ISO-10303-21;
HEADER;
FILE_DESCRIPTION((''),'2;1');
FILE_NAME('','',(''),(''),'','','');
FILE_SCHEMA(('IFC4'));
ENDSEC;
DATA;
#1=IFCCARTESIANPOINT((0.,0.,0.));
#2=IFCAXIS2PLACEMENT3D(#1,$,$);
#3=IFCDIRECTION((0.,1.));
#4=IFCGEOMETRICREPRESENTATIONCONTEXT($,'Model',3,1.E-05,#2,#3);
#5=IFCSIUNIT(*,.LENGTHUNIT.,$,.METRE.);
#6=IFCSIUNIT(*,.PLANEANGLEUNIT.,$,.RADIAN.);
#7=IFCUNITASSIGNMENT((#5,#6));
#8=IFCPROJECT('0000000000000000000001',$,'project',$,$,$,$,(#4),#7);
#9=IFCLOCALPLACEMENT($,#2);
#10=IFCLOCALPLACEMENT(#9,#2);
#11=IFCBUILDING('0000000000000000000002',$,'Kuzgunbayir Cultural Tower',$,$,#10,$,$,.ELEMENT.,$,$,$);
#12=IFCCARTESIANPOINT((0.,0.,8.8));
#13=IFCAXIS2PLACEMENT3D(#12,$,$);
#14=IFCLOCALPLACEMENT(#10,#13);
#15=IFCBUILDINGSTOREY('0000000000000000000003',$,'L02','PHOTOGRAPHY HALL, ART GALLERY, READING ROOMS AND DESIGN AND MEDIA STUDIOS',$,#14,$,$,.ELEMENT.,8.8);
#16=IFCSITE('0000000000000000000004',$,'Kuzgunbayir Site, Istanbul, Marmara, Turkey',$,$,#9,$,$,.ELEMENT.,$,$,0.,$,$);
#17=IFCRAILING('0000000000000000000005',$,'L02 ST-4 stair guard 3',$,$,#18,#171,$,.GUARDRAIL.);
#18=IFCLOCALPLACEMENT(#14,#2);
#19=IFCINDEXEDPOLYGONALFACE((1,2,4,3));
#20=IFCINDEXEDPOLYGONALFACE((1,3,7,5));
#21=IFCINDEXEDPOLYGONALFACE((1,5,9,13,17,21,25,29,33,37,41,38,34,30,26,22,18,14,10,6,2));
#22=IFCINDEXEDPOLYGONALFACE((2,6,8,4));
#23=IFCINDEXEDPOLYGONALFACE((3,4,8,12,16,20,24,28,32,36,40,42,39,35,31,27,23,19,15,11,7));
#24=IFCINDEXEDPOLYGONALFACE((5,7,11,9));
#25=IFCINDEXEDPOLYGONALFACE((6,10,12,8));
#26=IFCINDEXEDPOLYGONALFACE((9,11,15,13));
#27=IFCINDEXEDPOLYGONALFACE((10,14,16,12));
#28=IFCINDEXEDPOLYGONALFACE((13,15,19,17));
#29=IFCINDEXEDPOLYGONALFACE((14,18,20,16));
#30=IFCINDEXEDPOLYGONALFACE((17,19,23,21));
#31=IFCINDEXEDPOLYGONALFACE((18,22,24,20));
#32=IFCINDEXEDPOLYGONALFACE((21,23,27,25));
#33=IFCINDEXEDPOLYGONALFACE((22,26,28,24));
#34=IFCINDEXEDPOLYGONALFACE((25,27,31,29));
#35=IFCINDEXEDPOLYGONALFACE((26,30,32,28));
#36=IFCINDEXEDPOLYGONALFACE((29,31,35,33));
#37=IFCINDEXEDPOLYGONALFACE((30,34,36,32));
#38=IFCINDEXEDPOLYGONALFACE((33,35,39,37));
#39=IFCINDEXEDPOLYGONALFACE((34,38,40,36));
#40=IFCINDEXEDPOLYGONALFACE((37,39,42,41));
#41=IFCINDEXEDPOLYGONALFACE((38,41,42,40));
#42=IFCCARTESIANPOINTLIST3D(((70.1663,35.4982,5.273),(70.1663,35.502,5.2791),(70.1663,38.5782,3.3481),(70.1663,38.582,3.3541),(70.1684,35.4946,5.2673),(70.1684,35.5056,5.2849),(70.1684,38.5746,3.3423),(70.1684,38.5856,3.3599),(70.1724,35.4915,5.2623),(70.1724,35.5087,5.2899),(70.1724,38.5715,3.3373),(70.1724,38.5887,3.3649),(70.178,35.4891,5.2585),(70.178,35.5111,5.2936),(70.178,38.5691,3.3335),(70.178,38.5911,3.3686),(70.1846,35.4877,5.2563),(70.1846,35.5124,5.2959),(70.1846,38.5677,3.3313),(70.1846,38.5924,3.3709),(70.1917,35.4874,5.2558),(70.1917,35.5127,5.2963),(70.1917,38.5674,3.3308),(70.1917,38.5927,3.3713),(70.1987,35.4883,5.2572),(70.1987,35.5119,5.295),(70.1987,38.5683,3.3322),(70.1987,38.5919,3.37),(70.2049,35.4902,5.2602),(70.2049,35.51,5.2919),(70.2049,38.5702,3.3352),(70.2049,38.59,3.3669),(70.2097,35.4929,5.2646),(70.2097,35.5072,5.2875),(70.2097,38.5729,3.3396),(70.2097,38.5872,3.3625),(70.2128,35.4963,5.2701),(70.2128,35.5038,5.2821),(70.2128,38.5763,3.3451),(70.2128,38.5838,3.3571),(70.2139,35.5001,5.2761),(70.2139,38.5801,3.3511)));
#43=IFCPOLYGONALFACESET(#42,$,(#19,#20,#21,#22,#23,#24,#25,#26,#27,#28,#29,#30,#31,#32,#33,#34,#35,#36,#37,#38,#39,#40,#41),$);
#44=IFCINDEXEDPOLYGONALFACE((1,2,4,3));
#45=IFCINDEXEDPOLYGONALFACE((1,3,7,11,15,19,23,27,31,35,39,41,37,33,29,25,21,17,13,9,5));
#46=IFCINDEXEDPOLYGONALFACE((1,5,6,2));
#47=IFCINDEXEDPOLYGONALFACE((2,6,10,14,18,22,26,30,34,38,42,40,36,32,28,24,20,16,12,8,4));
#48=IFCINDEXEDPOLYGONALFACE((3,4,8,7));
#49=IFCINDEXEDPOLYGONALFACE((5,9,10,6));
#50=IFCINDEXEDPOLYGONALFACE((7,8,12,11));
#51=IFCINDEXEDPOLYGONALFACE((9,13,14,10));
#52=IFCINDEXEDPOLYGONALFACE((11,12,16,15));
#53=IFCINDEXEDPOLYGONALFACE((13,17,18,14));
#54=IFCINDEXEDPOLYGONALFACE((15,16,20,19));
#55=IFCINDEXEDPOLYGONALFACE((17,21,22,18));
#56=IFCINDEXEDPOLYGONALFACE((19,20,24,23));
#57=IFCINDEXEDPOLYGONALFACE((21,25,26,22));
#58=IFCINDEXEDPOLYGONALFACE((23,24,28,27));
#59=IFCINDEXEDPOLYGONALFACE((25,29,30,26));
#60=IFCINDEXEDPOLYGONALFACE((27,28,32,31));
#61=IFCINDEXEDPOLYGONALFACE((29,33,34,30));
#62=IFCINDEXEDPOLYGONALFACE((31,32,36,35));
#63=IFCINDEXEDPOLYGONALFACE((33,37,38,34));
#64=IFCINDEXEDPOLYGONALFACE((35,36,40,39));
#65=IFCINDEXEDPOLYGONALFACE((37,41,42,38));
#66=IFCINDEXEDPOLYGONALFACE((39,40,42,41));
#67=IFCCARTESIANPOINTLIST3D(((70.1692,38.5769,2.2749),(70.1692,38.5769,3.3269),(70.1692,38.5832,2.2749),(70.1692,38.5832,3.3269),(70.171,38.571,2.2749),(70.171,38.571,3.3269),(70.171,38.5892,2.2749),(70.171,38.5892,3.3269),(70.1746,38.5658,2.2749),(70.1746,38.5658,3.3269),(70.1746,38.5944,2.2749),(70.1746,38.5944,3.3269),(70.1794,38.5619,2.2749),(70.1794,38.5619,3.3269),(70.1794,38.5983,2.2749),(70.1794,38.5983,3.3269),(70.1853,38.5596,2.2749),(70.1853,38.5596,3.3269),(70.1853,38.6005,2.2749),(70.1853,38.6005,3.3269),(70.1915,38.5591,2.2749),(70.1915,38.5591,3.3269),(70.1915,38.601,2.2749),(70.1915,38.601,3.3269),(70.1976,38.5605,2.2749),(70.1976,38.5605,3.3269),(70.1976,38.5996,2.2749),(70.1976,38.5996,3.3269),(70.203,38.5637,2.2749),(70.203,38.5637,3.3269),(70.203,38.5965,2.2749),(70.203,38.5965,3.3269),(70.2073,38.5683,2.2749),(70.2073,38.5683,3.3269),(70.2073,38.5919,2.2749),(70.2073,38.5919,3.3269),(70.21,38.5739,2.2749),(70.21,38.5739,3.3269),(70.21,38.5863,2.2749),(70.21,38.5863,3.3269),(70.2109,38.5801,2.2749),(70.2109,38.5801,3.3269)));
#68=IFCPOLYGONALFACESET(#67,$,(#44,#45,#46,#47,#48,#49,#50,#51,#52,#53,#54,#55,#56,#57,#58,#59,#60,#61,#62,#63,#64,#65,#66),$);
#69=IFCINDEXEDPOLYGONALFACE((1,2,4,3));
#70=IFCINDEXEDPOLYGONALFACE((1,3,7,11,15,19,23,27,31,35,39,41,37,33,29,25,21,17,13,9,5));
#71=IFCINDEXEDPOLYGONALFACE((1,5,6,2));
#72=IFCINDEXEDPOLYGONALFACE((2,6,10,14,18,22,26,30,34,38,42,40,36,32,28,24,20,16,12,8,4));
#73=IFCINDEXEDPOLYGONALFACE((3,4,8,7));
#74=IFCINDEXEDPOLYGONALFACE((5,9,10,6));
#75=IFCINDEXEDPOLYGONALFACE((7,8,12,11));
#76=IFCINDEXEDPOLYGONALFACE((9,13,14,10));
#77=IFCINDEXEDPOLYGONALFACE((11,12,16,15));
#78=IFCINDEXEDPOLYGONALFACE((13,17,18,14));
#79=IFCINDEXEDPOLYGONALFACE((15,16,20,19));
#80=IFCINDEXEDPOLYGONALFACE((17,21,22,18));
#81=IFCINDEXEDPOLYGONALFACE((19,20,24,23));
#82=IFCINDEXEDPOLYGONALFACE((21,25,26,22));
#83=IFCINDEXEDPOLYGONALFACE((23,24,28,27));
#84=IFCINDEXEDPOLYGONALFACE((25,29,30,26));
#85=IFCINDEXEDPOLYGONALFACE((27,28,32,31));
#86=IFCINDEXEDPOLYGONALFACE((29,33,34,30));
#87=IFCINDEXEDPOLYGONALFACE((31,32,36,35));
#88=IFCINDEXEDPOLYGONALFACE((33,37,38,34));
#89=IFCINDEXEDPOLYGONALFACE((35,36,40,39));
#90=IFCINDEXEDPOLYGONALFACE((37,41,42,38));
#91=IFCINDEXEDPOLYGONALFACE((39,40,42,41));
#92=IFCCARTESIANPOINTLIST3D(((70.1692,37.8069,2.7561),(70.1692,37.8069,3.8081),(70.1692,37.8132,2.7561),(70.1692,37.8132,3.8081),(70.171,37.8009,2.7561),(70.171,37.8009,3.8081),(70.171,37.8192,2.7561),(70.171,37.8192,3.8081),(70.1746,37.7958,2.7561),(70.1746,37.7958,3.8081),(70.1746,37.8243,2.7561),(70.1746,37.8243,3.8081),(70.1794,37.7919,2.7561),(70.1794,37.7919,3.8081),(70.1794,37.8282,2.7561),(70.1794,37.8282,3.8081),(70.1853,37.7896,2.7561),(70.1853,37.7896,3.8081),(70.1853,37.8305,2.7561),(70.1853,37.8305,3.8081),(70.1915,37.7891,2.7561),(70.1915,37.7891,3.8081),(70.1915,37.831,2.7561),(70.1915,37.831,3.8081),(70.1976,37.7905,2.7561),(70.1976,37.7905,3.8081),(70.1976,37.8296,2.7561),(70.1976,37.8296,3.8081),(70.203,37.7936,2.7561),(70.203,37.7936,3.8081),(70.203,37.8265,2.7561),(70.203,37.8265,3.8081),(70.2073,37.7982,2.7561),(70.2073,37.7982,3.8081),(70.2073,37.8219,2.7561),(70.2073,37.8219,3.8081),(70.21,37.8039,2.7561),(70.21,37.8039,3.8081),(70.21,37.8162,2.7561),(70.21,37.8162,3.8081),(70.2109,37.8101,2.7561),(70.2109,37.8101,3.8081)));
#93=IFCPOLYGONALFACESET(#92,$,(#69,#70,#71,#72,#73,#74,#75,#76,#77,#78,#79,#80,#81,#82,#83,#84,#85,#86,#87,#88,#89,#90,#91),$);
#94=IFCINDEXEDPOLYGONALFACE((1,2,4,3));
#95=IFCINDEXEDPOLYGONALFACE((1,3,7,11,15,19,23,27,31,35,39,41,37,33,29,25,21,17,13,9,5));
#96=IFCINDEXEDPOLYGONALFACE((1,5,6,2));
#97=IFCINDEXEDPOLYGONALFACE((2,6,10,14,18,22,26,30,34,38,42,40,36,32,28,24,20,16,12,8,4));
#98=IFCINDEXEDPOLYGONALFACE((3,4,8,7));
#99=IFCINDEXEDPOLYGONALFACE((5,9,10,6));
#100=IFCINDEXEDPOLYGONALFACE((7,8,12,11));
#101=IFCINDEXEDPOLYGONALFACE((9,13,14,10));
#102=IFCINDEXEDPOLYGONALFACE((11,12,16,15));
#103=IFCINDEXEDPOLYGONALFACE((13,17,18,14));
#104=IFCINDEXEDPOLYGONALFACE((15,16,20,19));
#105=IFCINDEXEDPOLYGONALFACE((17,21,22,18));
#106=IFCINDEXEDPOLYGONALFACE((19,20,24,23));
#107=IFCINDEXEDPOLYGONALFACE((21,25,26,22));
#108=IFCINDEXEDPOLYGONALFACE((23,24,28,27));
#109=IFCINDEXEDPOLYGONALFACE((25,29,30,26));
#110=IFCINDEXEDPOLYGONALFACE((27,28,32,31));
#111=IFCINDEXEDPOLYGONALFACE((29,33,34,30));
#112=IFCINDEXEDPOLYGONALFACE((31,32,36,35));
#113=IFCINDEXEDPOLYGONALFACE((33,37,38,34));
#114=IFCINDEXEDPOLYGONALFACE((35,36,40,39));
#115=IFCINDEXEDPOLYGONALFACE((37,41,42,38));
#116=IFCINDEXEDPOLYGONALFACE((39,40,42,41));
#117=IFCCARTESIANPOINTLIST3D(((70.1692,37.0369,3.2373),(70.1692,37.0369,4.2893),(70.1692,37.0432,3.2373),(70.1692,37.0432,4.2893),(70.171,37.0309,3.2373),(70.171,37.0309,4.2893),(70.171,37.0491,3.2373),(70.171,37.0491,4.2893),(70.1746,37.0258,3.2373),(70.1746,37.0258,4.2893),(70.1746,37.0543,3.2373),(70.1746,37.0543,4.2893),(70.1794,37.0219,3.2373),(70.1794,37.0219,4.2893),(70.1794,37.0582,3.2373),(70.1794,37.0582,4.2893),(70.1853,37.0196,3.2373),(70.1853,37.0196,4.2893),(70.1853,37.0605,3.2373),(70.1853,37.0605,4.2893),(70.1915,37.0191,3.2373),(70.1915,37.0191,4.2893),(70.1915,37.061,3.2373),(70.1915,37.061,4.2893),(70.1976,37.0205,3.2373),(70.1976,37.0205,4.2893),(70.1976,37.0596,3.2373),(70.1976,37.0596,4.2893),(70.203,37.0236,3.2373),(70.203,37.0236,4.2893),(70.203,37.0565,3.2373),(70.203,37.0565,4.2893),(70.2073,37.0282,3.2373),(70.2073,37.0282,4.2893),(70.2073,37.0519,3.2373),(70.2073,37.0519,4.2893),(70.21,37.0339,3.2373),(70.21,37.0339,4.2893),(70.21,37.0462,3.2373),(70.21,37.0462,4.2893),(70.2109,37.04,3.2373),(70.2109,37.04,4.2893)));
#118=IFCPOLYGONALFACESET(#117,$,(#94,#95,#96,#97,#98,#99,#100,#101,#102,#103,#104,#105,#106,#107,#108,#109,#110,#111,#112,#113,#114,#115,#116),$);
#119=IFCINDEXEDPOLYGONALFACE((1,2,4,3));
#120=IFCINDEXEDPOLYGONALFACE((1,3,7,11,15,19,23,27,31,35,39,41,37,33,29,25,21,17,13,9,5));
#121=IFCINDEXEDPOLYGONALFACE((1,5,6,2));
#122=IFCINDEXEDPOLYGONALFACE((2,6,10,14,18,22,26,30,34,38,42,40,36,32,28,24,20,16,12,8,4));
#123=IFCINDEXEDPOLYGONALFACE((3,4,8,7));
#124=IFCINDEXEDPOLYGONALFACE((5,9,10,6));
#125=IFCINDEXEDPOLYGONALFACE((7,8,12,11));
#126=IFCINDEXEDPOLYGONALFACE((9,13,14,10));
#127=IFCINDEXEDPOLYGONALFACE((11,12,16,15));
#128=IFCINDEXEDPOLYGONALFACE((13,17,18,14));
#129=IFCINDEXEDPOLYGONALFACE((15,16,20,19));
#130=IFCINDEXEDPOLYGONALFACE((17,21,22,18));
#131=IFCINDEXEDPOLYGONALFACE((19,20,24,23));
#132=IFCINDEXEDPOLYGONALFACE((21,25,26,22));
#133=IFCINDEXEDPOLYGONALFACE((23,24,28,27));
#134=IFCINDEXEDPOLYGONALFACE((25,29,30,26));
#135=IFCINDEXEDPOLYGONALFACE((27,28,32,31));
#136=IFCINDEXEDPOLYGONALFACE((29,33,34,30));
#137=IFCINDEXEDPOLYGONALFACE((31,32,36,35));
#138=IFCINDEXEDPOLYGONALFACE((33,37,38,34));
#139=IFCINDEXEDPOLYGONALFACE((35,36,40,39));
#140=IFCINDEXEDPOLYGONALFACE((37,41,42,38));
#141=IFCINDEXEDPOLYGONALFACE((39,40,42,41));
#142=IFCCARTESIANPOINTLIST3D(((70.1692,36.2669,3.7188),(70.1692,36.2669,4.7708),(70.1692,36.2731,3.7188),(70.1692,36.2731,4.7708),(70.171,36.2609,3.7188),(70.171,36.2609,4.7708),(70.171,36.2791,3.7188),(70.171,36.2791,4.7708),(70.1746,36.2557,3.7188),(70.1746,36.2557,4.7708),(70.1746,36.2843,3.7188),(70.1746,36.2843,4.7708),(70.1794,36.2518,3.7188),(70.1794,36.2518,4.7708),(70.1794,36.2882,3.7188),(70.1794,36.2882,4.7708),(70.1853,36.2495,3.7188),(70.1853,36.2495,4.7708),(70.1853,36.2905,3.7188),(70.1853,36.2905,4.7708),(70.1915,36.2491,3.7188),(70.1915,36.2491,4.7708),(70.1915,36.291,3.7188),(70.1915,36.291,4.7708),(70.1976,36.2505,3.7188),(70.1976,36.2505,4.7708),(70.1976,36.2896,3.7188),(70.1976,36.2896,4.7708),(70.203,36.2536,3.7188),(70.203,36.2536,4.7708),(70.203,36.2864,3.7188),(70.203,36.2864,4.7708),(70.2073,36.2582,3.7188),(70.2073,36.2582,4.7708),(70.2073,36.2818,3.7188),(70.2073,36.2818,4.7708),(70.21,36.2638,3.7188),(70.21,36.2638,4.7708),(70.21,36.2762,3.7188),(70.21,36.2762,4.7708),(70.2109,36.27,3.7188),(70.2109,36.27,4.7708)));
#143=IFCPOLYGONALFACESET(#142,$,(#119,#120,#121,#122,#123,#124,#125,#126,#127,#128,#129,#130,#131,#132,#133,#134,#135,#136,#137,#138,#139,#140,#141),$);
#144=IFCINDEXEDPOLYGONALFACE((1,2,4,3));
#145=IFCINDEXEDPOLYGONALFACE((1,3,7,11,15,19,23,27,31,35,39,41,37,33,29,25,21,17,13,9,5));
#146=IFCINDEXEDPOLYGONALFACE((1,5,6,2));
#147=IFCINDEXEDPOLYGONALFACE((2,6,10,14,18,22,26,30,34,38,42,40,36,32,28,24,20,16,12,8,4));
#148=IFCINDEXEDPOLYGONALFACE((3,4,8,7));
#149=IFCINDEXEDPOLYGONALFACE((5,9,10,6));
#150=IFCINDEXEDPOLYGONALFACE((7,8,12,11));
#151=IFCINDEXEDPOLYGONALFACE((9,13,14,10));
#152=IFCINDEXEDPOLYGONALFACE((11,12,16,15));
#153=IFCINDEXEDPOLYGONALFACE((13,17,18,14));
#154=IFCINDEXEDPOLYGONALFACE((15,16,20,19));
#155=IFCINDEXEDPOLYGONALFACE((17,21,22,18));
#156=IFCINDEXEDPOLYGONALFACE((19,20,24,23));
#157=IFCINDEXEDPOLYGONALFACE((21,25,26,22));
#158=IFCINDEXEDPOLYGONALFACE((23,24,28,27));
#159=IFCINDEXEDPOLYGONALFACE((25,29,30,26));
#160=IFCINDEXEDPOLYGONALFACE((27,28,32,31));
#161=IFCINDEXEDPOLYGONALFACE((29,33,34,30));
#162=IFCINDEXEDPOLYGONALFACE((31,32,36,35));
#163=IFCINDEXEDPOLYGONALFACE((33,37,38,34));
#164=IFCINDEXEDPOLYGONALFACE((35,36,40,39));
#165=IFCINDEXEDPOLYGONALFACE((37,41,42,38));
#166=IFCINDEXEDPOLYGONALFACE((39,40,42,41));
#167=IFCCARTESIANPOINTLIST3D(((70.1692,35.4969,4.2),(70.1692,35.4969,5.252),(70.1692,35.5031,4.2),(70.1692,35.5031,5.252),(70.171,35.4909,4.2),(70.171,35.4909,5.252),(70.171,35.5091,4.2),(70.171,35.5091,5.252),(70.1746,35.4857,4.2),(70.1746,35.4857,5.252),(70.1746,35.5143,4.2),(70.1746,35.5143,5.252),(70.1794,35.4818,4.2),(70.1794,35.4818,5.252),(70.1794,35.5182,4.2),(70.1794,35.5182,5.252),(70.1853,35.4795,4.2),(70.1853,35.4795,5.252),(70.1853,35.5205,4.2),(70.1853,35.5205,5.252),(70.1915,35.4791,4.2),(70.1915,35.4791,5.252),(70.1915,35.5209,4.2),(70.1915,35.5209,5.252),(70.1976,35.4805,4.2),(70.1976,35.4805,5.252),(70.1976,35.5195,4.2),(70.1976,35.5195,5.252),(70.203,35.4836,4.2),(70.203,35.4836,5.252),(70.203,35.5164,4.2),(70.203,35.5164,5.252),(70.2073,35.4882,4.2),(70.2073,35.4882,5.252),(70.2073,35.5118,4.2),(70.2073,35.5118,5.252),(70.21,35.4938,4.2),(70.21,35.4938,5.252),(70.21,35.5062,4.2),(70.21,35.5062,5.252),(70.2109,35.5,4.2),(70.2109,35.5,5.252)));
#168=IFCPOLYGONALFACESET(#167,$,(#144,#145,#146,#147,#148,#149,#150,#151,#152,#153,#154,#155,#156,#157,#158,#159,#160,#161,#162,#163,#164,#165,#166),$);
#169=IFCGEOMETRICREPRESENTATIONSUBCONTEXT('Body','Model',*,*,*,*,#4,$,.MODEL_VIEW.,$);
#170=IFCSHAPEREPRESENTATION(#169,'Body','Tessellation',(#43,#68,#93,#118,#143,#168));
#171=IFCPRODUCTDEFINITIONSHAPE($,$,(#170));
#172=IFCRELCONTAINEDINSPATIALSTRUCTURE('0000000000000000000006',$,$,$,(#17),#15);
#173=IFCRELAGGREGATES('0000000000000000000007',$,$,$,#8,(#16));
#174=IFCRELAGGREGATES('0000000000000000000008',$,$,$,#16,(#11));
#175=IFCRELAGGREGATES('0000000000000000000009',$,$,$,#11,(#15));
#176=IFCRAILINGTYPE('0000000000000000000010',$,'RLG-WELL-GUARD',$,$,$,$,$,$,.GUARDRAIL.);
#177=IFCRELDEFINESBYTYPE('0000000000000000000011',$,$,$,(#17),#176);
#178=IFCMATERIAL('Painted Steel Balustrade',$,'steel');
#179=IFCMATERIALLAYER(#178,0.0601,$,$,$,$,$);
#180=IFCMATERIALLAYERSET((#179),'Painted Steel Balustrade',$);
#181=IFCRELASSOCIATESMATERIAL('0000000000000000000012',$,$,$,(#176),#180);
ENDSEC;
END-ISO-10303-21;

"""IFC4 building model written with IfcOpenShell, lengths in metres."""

from ifc_helpers import new_model, si_unit, direction, frame, origin, origin_2d, place, context, subcontext, project, spatial, circle, extrude, material, layer, layer_set, type_object, element, save


model = new_model("IFC4")

# Units and contexts
model_context = context("Model", 3, precision=1e-05, world=origin(), true_north=direction((0.0, 1.0)))
body_context = subcontext(model_context, "Body", "Model", "MODEL_VIEW")
ifc_project = project(units=[si_unit("LENGTHUNIT", "METRE"), si_unit("PLANEANGLEUNIT", "RADIAN")], contexts=[model_context])

# Site, building, storey
site_placement = place(None, origin())
site = spatial("IfcSite", under=ifc_project, at=site_placement, Name="Kuzgunbayir Site, Istanbul, Marmara, Turkey", CompositionType="ELEMENT", RefElevation=0.0)
building_placement = place(site_placement, origin())
building = spatial("IfcBuilding", under=site, at=building_placement, Name="Kuzgunbayir Cultural Tower", CompositionType="ELEMENT")
storey_placement = place(building_placement, frame((0.0, 0.0, 8.8)))
storey = spatial("IfcBuildingStorey", under=building, at=storey_placement, Name="L02", Description="PHOTOGRAPHY HALL, ART GALLERY, READING ROOMS AND DESIGN AND MEDIA STUDIOS", CompositionType="ELEMENT", Elevation=8.8)

# Railing
ifc_material_1 = material(Name="Painted Steel Balustrade", Category="steel")
ifc_layer_1 = layer(ifc_material_1, 0.0601)
ifc_layer_set_1 = layer_set([ifc_layer_1], Name="Painted Steel Balustrade")
railing_type_1 = type_object("IfcRailingType", Name="RLG-WELL-GUARD", PredefinedType="GUARDRAIL", material=ifc_layer_set_1)
railing_1_placement = place(storey_placement, frame((70.1899, 38.5801, 2.2749)))
element("IfcRailing", 1, at=railing_1_placement, inside=storey, type_object=railing_type_1, Name="L02 ST-4 stair guard 3", PredefinedType="GUARDRAIL", context=body_context, shape_type="SweptSolid", body=[
    extrude(circle(Radius=0.0239, at=origin_2d()), frame((0.0, 0.0, 1.0762), z_axis=(0.0, -0.847998, 0.529999), x_axis=(1.0, 0.0, 0.0)), (0.0, 0.0, 1.0), 3.6321),
    extrude(circle(Radius=0.021, at=origin_2d()), origin(), (0.0, 0.0, 1.0), 1.052),
    extrude(circle(Radius=0.021, at=origin_2d()), frame((0.0, -0.77, 0.4812)), (0.0, 0.0, 1.0), 1.052),
    extrude(circle(Radius=0.021, at=origin_2d()), frame((0.0, -1.54, 0.9624)), (0.0, 0.0, 1.0), 1.052),
    extrude(circle(Radius=0.021, at=origin_2d()), frame((0.0, -2.3101, 1.4438)), (0.0, 0.0, 1.0), 1.052),
    extrude(circle(Radius=0.021, at=origin_2d()), frame((0.0, -3.0801, 1.925)), (0.0, 0.0, 1.0), 1.052),
])

save(model, "model.ifc")
